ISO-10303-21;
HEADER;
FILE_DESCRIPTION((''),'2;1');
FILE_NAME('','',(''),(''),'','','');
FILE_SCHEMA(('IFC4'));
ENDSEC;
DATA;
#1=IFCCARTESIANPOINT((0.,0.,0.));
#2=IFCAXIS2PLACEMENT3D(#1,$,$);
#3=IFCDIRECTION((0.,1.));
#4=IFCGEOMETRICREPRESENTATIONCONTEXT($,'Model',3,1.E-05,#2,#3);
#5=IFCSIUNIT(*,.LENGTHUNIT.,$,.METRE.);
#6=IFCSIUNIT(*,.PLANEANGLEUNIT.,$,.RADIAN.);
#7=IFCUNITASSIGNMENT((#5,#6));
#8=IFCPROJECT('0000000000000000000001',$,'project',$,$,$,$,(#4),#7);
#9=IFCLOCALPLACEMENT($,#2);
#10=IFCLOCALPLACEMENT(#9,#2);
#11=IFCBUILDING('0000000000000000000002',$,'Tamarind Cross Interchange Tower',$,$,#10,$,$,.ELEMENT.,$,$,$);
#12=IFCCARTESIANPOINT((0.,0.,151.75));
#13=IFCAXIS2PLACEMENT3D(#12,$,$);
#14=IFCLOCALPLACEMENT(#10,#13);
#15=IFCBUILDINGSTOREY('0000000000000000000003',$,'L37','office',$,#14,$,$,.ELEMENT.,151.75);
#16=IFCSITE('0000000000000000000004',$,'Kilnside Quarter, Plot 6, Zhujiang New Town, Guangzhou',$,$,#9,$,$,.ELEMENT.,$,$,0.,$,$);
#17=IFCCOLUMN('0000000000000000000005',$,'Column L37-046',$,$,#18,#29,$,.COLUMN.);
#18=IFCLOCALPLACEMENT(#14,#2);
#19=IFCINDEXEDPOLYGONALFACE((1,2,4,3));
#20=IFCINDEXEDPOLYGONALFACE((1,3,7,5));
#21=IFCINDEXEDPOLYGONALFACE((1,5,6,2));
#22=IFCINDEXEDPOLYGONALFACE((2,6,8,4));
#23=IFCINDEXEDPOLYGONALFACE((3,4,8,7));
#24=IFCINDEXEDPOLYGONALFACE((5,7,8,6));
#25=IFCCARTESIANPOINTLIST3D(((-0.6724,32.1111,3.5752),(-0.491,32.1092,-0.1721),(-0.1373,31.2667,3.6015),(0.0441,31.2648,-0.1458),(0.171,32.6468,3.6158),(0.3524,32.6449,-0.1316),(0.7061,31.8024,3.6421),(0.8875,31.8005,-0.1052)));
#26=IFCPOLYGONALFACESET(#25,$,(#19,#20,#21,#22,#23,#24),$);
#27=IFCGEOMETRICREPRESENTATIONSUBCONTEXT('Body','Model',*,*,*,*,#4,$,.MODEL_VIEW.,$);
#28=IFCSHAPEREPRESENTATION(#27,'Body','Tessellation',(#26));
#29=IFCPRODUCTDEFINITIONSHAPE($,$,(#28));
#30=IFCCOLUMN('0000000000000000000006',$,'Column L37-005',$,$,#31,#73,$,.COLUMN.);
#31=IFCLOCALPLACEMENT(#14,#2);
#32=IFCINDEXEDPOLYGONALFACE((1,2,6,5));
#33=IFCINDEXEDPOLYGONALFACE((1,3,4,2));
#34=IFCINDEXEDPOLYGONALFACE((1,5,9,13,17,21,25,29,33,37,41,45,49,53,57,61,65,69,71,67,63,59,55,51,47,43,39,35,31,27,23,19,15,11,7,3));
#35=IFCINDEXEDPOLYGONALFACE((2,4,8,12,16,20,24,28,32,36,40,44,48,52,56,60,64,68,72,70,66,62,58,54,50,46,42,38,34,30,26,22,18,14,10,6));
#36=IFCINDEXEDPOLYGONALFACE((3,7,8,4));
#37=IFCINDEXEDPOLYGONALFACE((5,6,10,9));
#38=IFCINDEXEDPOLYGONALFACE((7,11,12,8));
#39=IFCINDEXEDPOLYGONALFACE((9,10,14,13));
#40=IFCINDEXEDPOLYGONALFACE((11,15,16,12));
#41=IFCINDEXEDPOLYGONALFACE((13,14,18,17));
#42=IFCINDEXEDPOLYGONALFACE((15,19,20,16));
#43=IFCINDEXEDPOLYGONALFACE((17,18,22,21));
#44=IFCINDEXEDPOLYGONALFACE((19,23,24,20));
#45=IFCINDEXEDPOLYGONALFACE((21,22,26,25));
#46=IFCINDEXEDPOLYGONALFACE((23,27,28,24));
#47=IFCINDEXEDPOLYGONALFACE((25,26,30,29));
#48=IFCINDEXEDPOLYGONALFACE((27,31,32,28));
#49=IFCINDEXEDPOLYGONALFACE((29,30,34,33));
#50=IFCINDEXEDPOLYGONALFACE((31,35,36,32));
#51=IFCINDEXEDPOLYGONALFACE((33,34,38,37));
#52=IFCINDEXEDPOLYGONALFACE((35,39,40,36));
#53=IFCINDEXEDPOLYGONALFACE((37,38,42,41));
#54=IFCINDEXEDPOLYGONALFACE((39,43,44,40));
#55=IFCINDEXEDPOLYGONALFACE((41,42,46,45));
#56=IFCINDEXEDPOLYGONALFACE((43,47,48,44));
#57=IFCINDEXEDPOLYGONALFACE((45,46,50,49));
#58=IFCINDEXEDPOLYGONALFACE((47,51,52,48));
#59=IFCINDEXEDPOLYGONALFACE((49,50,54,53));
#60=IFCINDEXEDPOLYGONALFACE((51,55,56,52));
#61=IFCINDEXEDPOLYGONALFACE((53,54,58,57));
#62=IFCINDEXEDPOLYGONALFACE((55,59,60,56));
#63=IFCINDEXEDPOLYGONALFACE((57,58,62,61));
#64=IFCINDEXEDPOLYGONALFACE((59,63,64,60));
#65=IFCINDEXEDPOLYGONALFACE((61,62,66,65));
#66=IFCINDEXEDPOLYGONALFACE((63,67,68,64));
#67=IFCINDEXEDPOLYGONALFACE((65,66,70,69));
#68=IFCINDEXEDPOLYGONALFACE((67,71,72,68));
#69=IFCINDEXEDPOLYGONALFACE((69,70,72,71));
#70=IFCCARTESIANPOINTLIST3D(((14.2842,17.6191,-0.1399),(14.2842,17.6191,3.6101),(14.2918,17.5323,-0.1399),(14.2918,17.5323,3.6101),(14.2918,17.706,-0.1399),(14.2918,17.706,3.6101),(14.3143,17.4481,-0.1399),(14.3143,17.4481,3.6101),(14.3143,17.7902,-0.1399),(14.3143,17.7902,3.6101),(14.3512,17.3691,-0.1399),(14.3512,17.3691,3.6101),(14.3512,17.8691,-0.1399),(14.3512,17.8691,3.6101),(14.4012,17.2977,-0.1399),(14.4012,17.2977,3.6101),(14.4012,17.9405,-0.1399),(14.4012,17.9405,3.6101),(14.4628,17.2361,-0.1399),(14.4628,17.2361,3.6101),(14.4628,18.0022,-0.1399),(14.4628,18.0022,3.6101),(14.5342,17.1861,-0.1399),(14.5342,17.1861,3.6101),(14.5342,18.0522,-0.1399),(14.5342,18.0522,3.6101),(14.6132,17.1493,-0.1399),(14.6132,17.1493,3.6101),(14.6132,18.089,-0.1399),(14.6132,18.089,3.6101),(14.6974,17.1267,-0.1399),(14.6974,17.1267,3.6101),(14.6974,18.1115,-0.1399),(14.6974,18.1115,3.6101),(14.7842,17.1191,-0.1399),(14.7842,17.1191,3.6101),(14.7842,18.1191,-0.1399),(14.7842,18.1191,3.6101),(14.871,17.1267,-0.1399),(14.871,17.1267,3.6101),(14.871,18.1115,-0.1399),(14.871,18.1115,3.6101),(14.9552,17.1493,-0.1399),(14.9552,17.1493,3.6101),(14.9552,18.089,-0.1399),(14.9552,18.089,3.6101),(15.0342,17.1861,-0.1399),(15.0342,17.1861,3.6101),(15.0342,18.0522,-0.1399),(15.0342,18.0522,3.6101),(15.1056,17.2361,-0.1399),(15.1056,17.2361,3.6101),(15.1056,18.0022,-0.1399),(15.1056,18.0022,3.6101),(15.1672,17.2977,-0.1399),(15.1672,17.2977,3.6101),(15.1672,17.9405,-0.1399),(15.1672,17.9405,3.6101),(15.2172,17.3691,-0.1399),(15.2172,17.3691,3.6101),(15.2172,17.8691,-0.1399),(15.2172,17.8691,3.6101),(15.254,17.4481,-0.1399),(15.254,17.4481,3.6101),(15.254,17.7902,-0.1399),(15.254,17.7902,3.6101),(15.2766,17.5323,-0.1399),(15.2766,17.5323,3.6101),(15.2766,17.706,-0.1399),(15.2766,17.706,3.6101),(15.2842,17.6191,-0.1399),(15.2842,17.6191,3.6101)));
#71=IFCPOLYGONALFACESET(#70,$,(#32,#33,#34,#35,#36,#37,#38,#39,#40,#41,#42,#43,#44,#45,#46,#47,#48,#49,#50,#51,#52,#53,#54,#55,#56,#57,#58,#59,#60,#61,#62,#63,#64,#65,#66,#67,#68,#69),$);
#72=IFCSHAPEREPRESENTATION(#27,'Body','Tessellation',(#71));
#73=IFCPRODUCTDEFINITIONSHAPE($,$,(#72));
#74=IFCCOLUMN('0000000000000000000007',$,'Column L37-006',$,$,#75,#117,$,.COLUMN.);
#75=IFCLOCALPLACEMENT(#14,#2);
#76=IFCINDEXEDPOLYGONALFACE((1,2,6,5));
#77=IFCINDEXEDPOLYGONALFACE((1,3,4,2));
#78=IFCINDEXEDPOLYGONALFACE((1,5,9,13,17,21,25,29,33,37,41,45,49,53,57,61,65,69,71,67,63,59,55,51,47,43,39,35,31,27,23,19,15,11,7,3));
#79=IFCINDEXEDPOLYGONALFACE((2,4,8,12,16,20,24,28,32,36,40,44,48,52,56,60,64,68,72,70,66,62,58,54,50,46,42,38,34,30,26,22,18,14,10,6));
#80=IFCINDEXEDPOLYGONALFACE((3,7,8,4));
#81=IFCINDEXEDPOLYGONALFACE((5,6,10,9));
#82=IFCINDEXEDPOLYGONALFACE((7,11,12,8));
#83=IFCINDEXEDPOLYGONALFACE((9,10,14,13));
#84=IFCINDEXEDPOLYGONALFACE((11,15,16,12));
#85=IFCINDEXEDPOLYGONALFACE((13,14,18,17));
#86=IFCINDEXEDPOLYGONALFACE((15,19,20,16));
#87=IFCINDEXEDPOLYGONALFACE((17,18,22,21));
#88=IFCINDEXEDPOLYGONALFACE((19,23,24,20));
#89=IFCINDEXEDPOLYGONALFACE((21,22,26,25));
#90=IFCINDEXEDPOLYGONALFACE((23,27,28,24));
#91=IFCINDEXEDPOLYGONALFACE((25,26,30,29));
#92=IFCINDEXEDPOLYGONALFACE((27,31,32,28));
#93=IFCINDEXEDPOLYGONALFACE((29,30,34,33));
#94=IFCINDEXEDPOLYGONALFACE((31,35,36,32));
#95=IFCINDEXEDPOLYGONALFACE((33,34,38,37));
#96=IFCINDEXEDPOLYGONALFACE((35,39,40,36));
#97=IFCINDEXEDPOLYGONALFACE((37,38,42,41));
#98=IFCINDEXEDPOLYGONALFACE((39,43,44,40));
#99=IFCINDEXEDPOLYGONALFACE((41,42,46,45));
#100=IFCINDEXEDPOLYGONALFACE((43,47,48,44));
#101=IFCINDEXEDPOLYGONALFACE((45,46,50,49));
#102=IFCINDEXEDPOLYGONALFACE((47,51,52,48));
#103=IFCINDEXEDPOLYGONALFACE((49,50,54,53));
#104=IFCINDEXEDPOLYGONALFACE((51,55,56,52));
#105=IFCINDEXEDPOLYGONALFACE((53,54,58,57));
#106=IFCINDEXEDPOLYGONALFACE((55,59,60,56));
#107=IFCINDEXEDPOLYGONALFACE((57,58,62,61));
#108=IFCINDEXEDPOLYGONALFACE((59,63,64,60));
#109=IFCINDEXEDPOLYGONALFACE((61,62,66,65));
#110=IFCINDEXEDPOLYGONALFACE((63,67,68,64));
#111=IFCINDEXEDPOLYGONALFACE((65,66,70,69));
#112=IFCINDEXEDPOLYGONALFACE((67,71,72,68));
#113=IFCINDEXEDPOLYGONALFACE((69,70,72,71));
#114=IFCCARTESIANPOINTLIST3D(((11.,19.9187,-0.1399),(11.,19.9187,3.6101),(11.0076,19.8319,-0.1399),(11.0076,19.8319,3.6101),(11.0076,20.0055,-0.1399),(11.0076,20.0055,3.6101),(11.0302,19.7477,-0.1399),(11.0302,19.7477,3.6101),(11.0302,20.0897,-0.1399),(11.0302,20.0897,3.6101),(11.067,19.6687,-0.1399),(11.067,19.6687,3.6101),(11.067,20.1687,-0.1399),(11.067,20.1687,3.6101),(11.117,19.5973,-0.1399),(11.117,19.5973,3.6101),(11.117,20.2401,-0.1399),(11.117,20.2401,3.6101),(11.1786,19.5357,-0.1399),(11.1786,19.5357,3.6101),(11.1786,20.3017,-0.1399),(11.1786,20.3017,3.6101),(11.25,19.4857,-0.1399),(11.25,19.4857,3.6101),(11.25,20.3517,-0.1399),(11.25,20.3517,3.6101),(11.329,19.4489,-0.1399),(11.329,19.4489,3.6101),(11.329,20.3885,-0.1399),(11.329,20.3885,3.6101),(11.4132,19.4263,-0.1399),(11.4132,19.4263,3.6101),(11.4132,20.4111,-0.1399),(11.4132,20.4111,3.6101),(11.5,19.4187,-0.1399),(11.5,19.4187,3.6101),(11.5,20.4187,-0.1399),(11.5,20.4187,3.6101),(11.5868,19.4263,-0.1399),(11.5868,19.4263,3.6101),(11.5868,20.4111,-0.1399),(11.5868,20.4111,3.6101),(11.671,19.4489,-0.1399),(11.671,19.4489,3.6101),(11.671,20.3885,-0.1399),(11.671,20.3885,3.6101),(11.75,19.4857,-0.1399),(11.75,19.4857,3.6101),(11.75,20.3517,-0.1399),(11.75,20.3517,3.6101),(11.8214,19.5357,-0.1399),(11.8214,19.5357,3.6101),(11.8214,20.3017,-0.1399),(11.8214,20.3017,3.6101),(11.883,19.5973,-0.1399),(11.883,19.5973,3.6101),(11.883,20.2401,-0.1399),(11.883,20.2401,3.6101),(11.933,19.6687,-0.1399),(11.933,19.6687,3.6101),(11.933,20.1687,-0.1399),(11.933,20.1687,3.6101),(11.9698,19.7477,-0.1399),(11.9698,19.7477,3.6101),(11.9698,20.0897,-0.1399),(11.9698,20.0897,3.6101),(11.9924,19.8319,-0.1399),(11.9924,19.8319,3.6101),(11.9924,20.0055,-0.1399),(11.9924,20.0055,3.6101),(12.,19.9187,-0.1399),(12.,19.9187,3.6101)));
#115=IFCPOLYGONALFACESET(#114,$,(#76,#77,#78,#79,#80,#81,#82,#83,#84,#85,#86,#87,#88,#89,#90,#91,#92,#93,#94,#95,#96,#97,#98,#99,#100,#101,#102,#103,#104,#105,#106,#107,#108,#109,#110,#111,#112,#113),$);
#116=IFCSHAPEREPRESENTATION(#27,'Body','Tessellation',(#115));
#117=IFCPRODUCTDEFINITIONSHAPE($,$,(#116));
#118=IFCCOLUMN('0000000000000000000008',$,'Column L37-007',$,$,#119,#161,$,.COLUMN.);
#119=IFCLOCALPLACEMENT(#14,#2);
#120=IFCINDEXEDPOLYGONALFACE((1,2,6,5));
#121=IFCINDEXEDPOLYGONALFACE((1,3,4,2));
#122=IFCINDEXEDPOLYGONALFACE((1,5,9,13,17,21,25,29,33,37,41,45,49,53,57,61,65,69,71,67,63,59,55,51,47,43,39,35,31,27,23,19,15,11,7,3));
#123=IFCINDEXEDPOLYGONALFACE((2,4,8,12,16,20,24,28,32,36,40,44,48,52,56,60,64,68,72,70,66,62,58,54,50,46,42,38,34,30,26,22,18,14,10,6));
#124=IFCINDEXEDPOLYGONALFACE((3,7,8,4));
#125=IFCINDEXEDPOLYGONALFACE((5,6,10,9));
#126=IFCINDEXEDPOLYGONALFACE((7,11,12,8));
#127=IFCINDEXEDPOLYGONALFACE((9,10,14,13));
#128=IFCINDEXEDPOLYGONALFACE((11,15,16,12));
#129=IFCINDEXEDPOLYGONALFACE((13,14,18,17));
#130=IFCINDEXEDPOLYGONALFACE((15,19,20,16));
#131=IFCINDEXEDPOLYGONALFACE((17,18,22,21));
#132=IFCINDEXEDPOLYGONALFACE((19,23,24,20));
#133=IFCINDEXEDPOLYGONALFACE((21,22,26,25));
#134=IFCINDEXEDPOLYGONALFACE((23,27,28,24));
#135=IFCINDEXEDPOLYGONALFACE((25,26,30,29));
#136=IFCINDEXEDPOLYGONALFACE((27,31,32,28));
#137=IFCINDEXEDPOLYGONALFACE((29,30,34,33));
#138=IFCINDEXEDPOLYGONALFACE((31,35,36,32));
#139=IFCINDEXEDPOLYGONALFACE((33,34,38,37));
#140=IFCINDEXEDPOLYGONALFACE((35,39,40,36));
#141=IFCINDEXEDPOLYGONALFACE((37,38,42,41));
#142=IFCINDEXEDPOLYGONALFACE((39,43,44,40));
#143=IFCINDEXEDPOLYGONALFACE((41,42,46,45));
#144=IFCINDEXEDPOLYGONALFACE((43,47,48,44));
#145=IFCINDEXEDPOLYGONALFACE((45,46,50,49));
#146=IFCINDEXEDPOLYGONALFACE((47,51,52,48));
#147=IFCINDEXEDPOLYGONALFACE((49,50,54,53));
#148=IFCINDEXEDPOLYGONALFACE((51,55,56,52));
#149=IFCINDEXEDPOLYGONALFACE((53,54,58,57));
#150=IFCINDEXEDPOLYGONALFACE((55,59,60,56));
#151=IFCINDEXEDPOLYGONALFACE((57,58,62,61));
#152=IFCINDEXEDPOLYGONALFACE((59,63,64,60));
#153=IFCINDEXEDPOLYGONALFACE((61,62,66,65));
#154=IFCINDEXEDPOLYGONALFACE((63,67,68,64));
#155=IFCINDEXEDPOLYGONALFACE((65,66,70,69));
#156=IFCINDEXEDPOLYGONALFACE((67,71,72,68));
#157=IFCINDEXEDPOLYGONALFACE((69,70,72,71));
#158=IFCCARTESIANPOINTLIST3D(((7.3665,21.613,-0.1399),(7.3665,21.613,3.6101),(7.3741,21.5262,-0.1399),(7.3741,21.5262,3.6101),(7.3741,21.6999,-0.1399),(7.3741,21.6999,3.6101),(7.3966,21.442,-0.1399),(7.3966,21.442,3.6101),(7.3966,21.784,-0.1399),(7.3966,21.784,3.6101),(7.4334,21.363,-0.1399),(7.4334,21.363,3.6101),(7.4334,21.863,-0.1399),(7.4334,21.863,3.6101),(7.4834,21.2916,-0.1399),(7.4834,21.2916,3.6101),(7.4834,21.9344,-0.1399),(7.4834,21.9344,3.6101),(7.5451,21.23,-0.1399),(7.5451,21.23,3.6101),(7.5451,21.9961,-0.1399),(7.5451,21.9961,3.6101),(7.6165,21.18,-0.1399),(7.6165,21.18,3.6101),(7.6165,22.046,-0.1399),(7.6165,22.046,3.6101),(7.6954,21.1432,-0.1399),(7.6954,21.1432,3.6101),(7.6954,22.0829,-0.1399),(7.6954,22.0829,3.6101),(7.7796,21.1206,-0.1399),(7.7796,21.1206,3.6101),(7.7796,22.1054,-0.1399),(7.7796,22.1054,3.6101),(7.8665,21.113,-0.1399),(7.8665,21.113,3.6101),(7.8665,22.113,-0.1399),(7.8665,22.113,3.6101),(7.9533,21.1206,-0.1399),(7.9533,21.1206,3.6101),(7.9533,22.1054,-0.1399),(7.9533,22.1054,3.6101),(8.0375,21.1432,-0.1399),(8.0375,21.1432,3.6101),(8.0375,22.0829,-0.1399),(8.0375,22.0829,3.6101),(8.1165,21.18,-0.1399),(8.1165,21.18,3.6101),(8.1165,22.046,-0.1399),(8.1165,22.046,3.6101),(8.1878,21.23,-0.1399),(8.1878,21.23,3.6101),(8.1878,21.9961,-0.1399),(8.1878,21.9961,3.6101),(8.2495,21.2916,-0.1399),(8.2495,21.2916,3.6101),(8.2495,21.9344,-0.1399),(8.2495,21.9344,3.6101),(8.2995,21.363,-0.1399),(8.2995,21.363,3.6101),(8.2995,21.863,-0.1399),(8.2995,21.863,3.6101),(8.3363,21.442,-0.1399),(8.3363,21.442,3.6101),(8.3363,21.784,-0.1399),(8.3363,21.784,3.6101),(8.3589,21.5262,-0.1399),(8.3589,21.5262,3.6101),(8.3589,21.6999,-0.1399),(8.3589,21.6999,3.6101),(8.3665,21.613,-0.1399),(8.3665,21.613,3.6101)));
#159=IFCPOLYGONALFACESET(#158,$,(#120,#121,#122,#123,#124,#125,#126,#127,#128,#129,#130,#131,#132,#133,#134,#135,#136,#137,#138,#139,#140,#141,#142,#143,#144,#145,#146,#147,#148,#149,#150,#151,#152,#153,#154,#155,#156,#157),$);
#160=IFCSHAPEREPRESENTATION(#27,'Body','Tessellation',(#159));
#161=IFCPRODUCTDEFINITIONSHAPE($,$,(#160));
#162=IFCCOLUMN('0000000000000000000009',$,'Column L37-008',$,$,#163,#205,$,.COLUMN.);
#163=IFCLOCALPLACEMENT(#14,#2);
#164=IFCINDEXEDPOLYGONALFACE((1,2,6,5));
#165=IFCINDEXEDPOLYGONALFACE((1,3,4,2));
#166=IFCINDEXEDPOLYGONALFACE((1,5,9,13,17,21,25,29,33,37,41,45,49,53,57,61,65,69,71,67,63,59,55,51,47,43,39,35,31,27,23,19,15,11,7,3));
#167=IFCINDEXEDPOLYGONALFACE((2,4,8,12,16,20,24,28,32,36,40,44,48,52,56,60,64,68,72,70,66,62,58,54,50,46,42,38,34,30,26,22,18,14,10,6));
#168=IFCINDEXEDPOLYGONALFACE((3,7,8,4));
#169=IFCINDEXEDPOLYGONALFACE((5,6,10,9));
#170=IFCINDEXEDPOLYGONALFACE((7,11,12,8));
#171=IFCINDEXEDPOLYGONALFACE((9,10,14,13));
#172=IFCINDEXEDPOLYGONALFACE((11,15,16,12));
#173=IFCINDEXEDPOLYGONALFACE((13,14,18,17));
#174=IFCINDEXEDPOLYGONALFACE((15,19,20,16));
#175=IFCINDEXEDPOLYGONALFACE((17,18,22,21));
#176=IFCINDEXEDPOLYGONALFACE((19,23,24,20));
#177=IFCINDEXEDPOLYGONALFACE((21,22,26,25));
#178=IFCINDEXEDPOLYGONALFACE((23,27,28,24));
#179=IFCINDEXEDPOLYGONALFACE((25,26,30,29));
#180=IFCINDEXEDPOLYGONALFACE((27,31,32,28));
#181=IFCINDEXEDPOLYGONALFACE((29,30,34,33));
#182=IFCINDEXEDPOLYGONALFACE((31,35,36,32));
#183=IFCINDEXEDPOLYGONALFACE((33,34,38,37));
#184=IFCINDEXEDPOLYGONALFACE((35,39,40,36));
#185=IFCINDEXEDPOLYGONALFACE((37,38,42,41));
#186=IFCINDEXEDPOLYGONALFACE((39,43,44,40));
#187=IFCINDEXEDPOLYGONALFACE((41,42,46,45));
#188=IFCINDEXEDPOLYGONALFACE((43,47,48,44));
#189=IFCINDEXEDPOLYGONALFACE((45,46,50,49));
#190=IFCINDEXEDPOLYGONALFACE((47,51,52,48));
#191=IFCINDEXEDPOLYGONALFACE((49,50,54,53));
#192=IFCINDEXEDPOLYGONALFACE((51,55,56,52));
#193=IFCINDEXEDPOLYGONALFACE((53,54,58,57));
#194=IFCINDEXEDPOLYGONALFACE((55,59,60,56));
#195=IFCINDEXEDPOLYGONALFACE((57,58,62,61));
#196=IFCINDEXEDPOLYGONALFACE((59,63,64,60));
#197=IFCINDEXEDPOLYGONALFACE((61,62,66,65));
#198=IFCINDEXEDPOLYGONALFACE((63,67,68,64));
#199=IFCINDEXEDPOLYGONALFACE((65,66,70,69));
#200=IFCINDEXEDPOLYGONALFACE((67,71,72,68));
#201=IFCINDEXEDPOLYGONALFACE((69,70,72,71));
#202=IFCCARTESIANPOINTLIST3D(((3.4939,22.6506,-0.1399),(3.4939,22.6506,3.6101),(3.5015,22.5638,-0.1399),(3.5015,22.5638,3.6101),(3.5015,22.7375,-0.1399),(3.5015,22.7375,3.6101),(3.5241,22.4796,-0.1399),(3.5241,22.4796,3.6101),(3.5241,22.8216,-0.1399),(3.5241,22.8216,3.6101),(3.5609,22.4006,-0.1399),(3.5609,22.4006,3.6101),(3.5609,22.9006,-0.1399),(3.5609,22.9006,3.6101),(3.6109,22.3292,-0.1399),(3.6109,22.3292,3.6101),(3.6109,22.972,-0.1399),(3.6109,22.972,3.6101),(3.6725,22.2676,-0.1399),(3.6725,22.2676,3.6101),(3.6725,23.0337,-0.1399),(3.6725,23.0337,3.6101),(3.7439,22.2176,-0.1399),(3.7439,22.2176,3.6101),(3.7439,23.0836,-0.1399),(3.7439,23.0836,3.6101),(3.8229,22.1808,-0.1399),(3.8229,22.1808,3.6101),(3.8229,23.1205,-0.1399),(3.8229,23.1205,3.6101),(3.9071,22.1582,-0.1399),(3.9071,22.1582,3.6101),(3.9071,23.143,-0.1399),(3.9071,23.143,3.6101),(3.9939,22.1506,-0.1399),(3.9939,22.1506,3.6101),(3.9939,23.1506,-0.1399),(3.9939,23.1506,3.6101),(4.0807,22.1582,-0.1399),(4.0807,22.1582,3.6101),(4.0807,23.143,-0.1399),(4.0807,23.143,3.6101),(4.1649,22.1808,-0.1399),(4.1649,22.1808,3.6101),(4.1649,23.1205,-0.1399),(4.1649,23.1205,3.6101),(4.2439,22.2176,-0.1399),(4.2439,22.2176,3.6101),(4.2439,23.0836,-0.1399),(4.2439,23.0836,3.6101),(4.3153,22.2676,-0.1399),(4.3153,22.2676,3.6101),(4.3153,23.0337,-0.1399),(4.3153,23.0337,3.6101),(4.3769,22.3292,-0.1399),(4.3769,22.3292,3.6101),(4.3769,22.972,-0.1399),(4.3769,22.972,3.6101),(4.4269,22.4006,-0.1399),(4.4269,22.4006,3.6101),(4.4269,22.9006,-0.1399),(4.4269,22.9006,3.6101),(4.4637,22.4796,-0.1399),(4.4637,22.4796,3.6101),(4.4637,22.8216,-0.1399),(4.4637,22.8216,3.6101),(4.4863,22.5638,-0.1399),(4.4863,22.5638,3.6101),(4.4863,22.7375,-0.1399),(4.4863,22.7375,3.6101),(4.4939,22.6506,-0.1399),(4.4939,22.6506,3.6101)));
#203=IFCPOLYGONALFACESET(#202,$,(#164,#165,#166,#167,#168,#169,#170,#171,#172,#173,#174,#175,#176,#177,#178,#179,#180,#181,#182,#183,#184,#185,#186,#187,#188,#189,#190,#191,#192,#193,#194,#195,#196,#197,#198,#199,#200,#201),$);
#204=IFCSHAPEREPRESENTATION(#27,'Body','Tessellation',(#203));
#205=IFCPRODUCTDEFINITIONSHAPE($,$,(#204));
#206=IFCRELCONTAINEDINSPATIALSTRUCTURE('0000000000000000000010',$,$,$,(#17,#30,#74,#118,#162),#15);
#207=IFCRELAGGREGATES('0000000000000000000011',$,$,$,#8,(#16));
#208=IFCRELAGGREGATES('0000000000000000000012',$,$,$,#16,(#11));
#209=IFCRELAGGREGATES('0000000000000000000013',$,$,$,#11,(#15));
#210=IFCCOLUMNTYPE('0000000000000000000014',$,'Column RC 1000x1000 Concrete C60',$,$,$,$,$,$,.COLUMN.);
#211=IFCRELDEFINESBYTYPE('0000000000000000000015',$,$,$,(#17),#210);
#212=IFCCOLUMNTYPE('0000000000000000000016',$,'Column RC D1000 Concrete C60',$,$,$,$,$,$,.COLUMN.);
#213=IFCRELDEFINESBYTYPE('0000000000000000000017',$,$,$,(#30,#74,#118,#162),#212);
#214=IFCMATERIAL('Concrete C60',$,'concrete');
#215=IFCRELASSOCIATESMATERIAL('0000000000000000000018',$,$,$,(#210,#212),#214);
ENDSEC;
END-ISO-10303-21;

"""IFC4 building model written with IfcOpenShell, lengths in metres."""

from ifc_helpers import new_model, si_unit, direction, frame, origin, origin_2d, place, context, subcontext, project, spatial, rectangle, circle, extrude, material, material_profile, profile_set, type_object, element, save


model = new_model("IFC4")

# Units and contexts
model_context = context("Model", 3, precision=1e-05, world=origin(), true_north=direction((0.0, 1.0)))
body_context = subcontext(model_context, "Body", "Model", "MODEL_VIEW")
ifc_project = project(units=[si_unit("LENGTHUNIT", "METRE"), si_unit("PLANEANGLEUNIT", "RADIAN")], contexts=[model_context])

# Site, building, storey
site_placement = place(None, origin())
site = spatial("IfcSite", under=ifc_project, at=site_placement, Name="Kilnside Quarter, Plot 6, Zhujiang New Town, Guangzhou", CompositionType="ELEMENT", RefElevation=0.0)
building_placement = place(site_placement, origin())
building = spatial("IfcBuilding", under=site, at=building_placement, Name="Tamarind Cross Interchange Tower", CompositionType="ELEMENT")
storey_placement = place(building_placement, frame((0.0, 0.0, 151.75)))
storey = spatial("IfcBuildingStorey", under=building, at=storey_placement, Name="L37", Description="office", CompositionType="ELEMENT", Elevation=151.75)

# Columns
ifc_material_1 = material(Name="Concrete C60", Category="concrete")
ifc_material_profile_1 = material_profile(ifc_material_1, rectangle(XDim=1.0, YDim=1.0, at=origin_2d()), Name="RC 1000x1000")
ifc_profile_set_1 = profile_set([ifc_material_profile_1], Name="Concrete C60")
column_type_1 = type_object("IfcColumnType", Name="Column RC 1000x1000 Concrete C60", PredefinedType="COLUMN", material=ifc_profile_set_1)
column_placement = place(storey_placement, frame((0.1982, 31.9548, -0.1387), z_axis=(-0.04835, 0.000521, 0.99883), x_axis=(0.53506, -0.844404, 0.026341)))
element("IfcColumn", 1, at=column_placement, inside=storey, type_object=column_type_1, Name="Column L37-046", PredefinedType="COLUMN", context=body_context, shape_type="SweptSolid", body=[
    extrude(rectangle(XDim=1.0, YDim=1.0, at=origin_2d()), origin(), (0.0, 0.0, 1.0), 3.7517),
])
ifc_material_profile_2 = material_profile(ifc_material_1, circle(Radius=0.5, at=origin_2d()), Name="RC D1000")
ifc_profile_set_2 = profile_set([ifc_material_profile_2], Name="Concrete C60")
column_type_2 = type_object("IfcColumnType", Name="Column RC D1000 Concrete C60", PredefinedType="COLUMN", material=ifc_profile_set_2)
for number, where, z_axis, x_axis, name in (
    (2, (14.7842, 17.6191, -0.1399), (0.0, 0.0, 1.0), (1.0, 0.0, 0.0), "Column L37-005"),
    (3, (11.5, 19.9187, -0.1399), (0.0, 0.0, 1.0), (1.0, 0.0, 0.0), "Column L37-006"),
    (4, (7.8665, 21.613, -0.1399), (0.0, 0.0, 1.0), (1.0, 0.0, 0.0), "Column L37-007"),
    (5, (3.9939, 22.6506, -0.1399), (0.0, 0.0, 1.0), (1.0, 0.0, 0.0), "Column L37-008"),
):
    element("IfcColumn", number, at=place(storey_placement, frame(where, z_axis=z_axis, x_axis=x_axis)), inside=storey, type_object=column_type_2, Name=name, PredefinedType="COLUMN", context=body_context, shape_type="SweptSolid", body=[
        extrude(circle(Radius=0.5, at=origin_2d()), origin(), (0.0, 0.0, 1.0), 3.75),
    ])

save(model, "model.ifc")
